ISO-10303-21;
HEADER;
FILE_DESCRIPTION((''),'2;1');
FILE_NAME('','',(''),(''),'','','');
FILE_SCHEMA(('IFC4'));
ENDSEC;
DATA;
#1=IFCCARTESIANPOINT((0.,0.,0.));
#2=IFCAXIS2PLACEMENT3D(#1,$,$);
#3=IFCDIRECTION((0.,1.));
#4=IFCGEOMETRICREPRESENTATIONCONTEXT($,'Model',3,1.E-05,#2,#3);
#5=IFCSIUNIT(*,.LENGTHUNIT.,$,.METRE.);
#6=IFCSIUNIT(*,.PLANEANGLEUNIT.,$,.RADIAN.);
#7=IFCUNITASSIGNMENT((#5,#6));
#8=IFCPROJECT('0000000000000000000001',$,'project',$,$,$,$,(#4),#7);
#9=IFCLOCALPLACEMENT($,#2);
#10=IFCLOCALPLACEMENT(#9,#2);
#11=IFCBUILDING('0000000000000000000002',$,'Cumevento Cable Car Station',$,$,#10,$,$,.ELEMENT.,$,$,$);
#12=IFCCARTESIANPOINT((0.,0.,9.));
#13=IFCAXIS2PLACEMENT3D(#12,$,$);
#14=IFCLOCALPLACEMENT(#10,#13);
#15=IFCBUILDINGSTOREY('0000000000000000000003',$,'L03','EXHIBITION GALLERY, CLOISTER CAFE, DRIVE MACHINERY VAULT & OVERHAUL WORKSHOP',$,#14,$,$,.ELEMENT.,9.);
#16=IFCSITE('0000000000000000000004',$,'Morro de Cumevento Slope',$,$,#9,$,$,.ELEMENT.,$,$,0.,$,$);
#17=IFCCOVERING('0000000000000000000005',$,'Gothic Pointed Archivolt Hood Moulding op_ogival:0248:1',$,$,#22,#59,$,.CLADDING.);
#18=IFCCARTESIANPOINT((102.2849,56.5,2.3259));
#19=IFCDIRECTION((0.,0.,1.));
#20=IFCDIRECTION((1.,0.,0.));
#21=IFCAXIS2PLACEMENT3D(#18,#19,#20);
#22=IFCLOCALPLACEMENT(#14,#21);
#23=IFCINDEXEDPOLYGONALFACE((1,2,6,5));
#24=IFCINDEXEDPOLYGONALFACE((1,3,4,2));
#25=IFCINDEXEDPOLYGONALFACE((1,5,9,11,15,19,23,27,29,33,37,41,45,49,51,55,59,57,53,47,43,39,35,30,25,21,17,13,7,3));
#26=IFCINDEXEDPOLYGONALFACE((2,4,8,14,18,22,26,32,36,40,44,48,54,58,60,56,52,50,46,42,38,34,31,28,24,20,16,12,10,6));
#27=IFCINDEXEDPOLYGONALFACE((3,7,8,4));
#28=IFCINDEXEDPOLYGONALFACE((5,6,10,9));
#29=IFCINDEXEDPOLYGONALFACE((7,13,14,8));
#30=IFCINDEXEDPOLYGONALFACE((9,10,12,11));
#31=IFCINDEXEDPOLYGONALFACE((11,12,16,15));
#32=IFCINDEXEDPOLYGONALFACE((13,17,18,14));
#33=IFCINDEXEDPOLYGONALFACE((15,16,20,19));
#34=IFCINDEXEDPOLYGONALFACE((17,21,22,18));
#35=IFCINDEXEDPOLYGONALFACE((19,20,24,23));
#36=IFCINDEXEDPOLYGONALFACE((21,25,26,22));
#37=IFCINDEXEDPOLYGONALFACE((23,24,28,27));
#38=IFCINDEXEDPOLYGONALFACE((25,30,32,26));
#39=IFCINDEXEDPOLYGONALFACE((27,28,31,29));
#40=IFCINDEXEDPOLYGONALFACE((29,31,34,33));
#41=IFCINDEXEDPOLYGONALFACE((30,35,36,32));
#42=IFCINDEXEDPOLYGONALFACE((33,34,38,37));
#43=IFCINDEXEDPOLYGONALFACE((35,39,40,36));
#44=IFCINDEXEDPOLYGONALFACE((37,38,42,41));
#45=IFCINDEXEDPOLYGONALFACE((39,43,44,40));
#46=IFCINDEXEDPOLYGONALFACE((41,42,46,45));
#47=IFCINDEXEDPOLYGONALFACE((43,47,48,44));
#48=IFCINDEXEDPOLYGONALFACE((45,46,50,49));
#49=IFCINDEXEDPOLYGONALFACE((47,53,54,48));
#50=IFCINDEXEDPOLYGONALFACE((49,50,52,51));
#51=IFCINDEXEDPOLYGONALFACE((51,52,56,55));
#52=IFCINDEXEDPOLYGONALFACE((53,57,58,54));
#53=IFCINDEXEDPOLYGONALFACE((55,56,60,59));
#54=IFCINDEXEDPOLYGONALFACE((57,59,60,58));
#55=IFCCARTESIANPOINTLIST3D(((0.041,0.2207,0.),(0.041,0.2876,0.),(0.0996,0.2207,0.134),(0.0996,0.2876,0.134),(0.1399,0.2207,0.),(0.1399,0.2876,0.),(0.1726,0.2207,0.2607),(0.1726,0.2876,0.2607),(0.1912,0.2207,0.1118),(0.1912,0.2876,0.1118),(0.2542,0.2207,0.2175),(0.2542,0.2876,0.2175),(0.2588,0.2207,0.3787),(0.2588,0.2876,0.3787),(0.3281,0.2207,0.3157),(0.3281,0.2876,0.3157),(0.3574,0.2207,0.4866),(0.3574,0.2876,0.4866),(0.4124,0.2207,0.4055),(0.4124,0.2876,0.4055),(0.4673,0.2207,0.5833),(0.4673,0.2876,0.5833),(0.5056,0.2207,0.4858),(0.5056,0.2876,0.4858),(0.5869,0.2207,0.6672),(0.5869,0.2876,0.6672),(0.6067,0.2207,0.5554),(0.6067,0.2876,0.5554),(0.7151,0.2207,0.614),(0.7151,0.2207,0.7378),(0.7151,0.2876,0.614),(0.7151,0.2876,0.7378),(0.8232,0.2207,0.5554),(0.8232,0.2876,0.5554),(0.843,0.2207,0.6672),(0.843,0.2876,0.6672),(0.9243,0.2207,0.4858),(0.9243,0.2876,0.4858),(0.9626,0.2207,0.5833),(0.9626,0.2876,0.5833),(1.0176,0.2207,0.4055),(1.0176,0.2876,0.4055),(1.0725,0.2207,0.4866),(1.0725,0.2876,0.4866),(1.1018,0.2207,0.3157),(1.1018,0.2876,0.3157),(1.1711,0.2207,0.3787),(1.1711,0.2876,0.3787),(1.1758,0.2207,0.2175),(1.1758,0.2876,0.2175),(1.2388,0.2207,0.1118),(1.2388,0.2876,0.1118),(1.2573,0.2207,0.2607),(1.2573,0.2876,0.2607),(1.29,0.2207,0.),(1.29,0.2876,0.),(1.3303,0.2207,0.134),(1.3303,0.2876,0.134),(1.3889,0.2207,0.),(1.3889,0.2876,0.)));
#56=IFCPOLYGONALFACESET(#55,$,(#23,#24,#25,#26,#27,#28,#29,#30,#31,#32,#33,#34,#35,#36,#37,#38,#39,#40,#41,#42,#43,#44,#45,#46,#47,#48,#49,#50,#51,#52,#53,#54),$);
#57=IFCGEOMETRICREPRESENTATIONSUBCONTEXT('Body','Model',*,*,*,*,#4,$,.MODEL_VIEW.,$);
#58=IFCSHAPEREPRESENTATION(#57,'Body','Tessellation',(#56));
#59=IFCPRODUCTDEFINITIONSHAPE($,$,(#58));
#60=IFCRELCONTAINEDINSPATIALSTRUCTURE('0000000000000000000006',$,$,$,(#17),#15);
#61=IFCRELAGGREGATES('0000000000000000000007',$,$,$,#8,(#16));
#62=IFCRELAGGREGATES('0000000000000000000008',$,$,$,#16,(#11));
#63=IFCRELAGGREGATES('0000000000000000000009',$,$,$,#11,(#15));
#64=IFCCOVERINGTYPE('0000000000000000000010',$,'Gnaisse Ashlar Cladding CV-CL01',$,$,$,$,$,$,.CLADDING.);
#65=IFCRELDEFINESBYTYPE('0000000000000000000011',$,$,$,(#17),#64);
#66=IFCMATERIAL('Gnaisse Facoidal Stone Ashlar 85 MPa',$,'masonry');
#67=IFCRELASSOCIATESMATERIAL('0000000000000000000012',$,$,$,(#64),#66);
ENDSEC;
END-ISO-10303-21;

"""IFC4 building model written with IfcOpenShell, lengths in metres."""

from ifc_helpers import new_model, si_unit, direction, frame, origin, place, context, subcontext, project, spatial, polyline, outline, extrude, material, type_object, element, save


model = new_model("IFC4")

# Units and contexts
model_context = context("Model", 3, precision=1e-05, world=origin(), true_north=direction((0.0, 1.0)))
body_context = subcontext(model_context, "Body", "Model", "MODEL_VIEW")
ifc_project = project(units=[si_unit("LENGTHUNIT", "METRE"), si_unit("PLANEANGLEUNIT", "RADIAN")], contexts=[model_context])

# Site, building, storey
site_placement = place(None, origin())
site = spatial("IfcSite", under=ifc_project, at=site_placement, Name="Morro de Cumevento Slope", CompositionType="ELEMENT", RefElevation=0.0)
building_placement = place(site_placement, origin())
building = spatial("IfcBuilding", under=site, at=building_placement, Name="Cumevento Cable Car Station", CompositionType="ELEMENT")
storey_placement = place(building_placement, frame((0.0, 0.0, 9.0)))
storey = spatial("IfcBuildingStorey", under=building, at=storey_placement, Name="L03", Description="EXHIBITION GALLERY, CLOISTER CAFE, DRIVE MACHINERY VAULT & OVERHAUL WORKSHOP", CompositionType="ELEMENT", Elevation=9.0)

# Covering
ifc_material_1 = material(Name="Gnaisse Facoidal Stone Ashlar 85 MPa", Category="masonry")
covering_type = type_object("IfcCoveringType", Name="Gnaisse Ashlar Cladding CV-CL01", PredefinedType="CLADDING", material=ifc_material_1)
covering_1_placement = place(storey_placement, frame((102.2849, 56.5, 2.3259), z_axis=(0.0, 0.0, 1.0), x_axis=(1.0, 0.0, 0.0)))
element("IfcCovering", 1, at=covering_1_placement, inside=storey, type_object=covering_type, Name="Gothic Pointed Archivolt Hood Moulding op_ogival:0248:1", PredefinedType="CLADDING", context=body_context, shape_type="SweptSolid", body=[
    extrude(outline(polyline([(0.1399, 0.0), (0.1912, 0.1118), (0.2542, 0.2175), (0.3281, 0.3157), (0.4124, 0.4055), (0.5056, 0.4858), (0.6067, 0.5554), (0.7151, 0.614), (0.8232, 0.5554), (0.9243, 0.4858), (1.0176, 0.4055), (1.1018, 0.3157), (1.1758, 0.2175), (1.2388, 0.1118), (1.29, 0.0), (1.3889, 0.0), (1.3303, 0.134), (1.2573, 0.2607), (1.1711, 0.3787), (1.0725, 0.4866), (0.9626, 0.5833), (0.843, 0.6672), (0.7151, 0.7378), (0.5869, 0.6672), (0.4673, 0.5833), (0.3574, 0.4866), (0.2588, 0.3787), (0.1726, 0.2607), (0.0996, 0.134), (0.041, 0.0), (0.1399, 0.0)])), frame((0.0, 0.2876, 0.0), z_axis=(0.0, -1.0, 0.0), x_axis=(1.0, 0.0, 0.0)), (0.0, 0.0, 1.0), 0.0669),
])

save(model, "model.ifc")
